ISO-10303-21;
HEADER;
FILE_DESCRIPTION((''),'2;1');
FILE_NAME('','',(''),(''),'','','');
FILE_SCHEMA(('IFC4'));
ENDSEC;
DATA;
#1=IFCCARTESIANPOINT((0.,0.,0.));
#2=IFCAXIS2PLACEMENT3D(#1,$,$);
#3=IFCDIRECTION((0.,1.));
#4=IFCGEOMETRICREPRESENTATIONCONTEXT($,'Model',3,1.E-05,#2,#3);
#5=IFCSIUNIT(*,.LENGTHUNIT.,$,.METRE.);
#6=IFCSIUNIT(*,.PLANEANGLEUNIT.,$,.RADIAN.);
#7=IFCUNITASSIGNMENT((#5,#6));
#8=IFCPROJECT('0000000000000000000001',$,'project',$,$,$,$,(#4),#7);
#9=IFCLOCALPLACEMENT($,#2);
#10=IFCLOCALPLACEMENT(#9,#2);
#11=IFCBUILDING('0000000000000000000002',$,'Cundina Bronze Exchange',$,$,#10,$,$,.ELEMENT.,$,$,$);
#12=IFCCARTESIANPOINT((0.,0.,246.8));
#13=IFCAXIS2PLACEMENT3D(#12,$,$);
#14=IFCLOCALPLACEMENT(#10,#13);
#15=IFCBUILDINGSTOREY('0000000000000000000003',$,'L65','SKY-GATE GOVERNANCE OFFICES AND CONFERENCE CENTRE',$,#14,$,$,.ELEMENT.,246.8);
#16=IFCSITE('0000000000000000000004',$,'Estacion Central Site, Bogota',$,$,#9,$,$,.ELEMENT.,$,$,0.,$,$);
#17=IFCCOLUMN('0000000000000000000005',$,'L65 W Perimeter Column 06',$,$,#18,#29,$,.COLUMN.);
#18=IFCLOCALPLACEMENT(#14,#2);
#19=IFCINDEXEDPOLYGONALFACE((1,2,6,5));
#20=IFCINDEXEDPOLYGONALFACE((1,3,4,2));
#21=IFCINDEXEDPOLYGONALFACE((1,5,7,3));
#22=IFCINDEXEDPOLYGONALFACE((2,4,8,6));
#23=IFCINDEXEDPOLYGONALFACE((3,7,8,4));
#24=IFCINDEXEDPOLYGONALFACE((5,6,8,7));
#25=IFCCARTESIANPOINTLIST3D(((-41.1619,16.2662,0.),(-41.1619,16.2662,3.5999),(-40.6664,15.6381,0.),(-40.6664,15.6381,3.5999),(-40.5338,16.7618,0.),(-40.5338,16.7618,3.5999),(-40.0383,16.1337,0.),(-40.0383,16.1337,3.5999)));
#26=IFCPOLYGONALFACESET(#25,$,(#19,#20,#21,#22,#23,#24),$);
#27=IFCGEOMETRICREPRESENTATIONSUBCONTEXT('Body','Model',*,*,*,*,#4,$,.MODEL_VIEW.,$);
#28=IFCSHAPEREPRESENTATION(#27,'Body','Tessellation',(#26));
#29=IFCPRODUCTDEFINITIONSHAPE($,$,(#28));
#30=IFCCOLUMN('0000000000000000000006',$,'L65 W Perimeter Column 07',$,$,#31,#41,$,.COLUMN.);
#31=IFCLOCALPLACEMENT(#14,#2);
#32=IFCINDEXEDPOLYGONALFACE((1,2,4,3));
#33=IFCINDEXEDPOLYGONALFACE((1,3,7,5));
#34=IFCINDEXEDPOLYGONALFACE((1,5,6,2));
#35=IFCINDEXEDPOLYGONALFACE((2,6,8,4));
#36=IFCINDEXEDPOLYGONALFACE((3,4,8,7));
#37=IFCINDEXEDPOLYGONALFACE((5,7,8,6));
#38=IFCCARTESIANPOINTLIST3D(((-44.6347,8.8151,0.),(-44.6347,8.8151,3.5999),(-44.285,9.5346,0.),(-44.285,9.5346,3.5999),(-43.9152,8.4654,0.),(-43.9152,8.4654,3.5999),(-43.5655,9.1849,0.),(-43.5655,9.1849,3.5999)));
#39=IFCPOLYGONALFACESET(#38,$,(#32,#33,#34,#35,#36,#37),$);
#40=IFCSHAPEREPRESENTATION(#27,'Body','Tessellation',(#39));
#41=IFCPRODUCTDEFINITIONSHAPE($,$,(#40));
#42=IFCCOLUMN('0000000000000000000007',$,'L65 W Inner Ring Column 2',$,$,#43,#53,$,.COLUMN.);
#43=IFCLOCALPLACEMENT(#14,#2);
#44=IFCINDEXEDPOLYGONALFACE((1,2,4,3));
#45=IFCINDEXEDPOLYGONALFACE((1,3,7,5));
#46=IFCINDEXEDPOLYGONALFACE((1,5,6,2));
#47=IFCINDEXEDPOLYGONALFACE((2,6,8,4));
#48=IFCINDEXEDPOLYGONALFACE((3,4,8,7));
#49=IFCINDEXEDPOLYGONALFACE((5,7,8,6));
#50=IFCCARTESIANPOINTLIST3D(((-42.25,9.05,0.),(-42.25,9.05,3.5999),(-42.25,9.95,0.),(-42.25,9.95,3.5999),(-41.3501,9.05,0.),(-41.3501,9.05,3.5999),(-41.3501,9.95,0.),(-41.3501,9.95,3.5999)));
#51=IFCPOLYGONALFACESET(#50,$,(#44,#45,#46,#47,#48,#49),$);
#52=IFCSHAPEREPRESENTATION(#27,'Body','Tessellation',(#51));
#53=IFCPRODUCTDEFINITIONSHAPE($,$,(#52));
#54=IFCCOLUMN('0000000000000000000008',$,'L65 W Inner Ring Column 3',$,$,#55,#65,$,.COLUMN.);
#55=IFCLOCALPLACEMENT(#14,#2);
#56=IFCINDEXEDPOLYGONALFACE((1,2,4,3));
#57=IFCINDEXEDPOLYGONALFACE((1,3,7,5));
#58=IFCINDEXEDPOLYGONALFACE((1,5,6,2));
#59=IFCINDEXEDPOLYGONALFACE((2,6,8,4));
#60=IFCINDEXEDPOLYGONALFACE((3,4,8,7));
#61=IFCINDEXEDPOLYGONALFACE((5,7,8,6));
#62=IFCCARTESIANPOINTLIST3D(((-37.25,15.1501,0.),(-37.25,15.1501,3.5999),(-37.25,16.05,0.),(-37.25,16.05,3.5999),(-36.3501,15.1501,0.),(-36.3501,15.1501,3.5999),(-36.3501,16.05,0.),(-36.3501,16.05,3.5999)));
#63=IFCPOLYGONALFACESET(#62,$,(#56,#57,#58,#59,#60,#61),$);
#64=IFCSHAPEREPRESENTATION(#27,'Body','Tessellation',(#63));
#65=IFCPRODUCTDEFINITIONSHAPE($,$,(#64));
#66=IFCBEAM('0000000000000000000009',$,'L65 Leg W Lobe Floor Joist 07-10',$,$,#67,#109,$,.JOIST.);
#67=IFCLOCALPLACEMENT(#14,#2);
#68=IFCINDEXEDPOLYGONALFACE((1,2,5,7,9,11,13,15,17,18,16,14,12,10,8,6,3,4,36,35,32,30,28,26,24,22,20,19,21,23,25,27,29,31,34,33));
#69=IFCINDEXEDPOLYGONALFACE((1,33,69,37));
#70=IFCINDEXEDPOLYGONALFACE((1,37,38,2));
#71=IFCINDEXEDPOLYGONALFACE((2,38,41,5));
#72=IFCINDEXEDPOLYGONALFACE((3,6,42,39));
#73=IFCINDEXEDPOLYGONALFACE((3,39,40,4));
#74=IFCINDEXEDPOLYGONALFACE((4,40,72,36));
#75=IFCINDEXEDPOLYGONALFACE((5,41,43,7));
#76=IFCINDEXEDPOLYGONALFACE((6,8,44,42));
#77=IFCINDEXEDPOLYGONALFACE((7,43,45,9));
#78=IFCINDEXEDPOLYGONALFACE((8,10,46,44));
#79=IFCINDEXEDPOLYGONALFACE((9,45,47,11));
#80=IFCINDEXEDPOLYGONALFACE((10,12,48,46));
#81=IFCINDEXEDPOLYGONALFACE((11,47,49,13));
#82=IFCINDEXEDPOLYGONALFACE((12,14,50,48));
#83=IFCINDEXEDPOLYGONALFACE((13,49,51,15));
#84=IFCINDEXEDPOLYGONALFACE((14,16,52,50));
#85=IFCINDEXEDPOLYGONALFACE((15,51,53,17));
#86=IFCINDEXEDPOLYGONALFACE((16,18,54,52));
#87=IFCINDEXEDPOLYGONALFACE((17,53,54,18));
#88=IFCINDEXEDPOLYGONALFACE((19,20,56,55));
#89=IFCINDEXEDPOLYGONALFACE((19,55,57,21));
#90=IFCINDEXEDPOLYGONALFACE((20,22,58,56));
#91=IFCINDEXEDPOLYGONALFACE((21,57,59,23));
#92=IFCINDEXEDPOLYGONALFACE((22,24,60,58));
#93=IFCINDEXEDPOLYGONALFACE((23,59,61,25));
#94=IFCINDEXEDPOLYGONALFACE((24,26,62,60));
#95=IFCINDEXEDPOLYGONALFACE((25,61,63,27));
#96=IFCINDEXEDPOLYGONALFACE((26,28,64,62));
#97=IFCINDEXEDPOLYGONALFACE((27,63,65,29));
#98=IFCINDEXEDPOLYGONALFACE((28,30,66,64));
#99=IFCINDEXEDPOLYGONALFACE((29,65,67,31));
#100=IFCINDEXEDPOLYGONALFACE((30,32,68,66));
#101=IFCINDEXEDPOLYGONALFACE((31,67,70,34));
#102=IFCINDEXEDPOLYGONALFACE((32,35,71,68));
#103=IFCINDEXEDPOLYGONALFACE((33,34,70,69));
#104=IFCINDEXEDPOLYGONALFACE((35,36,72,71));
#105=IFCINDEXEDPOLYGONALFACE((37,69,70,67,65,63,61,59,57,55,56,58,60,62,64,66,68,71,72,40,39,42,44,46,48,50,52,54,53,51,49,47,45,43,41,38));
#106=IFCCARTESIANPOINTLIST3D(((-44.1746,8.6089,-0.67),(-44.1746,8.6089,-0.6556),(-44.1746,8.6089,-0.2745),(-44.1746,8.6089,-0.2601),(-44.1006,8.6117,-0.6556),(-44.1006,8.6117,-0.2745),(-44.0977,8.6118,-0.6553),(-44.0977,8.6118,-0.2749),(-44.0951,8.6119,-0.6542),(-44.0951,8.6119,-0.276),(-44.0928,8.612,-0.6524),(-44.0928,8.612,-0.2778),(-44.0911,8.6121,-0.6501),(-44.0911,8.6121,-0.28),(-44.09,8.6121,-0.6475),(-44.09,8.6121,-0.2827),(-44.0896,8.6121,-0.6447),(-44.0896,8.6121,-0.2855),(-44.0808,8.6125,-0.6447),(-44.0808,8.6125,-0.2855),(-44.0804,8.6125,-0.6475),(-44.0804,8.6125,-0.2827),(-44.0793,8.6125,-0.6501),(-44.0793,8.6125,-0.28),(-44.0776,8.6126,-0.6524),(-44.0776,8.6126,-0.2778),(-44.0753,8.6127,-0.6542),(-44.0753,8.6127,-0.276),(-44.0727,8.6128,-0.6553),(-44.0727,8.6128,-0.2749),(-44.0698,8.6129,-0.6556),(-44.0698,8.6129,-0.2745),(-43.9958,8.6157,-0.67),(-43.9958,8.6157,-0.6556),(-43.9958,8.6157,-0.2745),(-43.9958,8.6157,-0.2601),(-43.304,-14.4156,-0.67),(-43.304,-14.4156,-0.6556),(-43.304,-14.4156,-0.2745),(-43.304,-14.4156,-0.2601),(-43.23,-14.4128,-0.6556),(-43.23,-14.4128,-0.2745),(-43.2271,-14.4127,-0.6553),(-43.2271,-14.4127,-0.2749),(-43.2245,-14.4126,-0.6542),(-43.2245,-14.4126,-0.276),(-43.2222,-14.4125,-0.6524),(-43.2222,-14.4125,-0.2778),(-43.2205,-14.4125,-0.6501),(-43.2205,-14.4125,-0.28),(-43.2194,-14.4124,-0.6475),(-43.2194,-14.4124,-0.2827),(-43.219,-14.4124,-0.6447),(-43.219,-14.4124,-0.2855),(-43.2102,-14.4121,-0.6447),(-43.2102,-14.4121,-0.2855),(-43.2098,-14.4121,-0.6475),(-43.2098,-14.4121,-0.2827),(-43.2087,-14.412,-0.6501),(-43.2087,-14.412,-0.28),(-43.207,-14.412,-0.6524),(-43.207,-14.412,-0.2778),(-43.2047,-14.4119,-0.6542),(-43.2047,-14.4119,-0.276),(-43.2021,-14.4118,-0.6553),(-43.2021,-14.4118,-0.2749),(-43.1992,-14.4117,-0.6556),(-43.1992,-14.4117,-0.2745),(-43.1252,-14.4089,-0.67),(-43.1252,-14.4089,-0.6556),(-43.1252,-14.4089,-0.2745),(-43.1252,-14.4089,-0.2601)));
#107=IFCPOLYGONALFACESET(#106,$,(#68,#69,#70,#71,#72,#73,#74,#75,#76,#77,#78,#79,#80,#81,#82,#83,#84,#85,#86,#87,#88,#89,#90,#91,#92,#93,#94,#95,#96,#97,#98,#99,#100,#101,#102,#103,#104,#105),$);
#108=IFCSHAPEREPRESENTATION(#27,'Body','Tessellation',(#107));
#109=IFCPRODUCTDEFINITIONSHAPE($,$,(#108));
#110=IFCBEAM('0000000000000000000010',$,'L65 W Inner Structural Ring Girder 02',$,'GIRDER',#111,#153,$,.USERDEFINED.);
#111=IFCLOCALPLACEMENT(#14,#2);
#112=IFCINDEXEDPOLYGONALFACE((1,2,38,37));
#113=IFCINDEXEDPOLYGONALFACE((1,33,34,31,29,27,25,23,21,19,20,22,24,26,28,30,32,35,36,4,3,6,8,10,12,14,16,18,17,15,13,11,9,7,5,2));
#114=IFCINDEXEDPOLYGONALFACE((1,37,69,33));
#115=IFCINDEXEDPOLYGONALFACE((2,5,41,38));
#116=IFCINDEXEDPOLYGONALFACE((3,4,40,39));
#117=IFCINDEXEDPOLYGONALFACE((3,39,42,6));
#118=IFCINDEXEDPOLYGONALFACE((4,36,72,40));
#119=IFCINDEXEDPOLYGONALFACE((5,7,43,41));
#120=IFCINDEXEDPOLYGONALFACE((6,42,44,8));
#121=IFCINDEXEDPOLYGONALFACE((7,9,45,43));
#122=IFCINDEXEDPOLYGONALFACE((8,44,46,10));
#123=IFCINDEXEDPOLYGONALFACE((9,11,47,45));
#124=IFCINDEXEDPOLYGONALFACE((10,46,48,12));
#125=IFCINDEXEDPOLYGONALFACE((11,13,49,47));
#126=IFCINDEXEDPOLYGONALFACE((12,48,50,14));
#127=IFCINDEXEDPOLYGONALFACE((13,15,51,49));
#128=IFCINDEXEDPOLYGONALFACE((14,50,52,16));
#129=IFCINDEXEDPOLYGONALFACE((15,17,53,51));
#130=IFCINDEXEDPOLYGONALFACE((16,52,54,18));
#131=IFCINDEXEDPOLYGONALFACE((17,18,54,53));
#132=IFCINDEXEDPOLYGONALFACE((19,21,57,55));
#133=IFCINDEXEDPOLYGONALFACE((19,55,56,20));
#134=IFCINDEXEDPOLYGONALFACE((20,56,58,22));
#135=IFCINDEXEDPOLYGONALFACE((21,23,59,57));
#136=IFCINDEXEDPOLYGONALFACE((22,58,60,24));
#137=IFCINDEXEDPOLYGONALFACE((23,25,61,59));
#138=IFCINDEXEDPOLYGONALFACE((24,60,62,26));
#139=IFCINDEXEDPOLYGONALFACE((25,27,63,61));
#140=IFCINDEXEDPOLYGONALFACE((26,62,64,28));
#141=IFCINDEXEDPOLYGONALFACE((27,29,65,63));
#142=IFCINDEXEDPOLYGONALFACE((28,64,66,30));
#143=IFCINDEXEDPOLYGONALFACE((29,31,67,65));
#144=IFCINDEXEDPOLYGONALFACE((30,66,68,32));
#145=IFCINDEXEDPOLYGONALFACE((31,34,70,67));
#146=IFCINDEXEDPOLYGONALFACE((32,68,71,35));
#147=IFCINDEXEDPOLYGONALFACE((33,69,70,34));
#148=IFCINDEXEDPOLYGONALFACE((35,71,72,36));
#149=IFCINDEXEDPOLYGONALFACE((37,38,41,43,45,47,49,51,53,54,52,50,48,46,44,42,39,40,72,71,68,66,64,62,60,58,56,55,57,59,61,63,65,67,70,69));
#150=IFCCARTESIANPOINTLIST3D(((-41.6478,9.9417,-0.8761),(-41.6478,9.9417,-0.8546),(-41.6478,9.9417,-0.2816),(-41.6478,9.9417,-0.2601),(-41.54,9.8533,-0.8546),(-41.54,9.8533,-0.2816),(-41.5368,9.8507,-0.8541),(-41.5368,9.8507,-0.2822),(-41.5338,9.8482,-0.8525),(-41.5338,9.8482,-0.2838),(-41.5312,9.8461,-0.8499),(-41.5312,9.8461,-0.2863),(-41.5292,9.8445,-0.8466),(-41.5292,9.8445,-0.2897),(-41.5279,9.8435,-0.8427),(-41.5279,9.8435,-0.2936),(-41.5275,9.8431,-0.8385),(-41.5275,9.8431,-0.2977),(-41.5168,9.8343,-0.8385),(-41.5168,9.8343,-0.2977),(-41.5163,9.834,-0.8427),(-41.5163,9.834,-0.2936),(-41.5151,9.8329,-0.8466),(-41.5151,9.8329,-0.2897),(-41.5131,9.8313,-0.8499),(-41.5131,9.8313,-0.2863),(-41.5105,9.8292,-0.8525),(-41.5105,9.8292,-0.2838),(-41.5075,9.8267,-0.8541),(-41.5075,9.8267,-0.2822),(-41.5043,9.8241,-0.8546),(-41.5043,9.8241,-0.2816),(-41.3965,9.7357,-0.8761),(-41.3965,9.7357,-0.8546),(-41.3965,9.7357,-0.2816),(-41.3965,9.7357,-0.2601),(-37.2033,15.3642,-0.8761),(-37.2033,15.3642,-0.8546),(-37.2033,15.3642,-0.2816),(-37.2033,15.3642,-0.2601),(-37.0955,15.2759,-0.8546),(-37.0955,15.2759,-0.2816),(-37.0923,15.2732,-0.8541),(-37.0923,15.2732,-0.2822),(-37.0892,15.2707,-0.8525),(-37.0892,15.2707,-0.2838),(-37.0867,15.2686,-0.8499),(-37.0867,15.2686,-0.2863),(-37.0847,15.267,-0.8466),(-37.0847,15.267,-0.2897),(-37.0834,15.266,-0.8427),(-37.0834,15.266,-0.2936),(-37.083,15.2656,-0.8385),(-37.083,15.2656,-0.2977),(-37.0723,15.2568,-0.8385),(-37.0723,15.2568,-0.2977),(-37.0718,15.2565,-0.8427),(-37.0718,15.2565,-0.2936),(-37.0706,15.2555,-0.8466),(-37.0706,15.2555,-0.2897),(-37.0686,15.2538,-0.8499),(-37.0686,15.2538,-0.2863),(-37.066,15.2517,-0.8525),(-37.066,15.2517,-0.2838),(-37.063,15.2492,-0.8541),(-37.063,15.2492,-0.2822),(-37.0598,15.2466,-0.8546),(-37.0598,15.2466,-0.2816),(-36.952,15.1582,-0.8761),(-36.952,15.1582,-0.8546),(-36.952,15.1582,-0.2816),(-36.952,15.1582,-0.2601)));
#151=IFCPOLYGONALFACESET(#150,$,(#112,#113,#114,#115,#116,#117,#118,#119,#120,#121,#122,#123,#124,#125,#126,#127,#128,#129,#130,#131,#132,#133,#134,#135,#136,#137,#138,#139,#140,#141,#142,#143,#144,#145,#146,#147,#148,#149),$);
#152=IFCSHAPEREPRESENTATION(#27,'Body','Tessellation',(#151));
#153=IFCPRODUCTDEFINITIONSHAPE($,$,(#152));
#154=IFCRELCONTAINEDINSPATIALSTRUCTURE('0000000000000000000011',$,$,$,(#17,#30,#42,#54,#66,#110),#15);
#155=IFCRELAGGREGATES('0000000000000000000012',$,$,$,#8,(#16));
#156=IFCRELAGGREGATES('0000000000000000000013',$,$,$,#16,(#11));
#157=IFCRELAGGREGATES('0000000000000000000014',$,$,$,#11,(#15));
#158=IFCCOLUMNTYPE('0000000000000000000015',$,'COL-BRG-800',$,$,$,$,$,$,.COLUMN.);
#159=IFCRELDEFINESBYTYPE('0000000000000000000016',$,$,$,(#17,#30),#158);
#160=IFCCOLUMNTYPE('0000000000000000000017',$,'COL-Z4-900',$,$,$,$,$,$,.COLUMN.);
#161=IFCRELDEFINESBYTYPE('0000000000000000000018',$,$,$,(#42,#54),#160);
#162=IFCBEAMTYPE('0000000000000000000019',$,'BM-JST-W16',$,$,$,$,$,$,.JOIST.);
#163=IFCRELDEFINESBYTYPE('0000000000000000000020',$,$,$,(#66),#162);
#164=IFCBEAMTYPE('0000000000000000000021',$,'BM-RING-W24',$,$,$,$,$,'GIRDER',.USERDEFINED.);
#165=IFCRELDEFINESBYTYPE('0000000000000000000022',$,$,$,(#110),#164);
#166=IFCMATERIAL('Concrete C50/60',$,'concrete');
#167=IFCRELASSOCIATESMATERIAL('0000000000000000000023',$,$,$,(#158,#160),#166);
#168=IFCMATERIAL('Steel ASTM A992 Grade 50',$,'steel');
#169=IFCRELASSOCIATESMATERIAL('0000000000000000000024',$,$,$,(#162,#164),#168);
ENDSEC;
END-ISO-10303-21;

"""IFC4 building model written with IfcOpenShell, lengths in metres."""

from ifc_helpers import new_model, si_unit, direction, frame, origin, origin_2d, place, context, subcontext, project, spatial, rectangle, i_section, extrude, material, material_profile, profile_set, type_object, element, save


model = new_model("IFC4")

# Units and contexts
model_context = context("Model", 3, precision=1e-05, world=origin(), true_north=direction((0.0, 1.0)))
body_context = subcontext(model_context, "Body", "Model", "MODEL_VIEW")
ifc_project = project(units=[si_unit("LENGTHUNIT", "METRE"), si_unit("PLANEANGLEUNIT", "RADIAN")], contexts=[model_context])

# Site, building, storey
site_placement = place(None, origin())
site = spatial("IfcSite", under=ifc_project, at=site_placement, Name="Estacion Central Site, Bogota", CompositionType="ELEMENT", RefElevation=0.0)
building_placement = place(site_placement, origin())
building = spatial("IfcBuilding", under=site, at=building_placement, Name="Cundina Bronze Exchange", CompositionType="ELEMENT")
storey_placement = place(building_placement, frame((0.0, 0.0, 246.8)))
storey = spatial("IfcBuildingStorey", under=building, at=storey_placement, Name="L65", Description="SKY-GATE GOVERNANCE OFFICES AND CONFERENCE CENTRE", CompositionType="ELEMENT", Elevation=246.8)

# Columns
ifc_material_1 = material(Name="Concrete C50/60", Category="concrete")
ifc_material_profile_1 = material_profile(ifc_material_1, rectangle(XDim=0.8, YDim=0.8, at=origin_2d()), Name="RC800X800", Category="concrete")
ifc_profile_set_1 = profile_set([ifc_material_profile_1], Name="Concrete C50/60")
column_type_1 = type_object("IfcColumnType", Name="COL-BRG-800", PredefinedType="COLUMN", material=ifc_profile_set_1)
for number, where, z_axis, x_axis, name in (
    (1, (-40.6001, 16.2, 0.0), (0.0, 0.0, 1.0), (-0.785101, -0.619368, 0.0), "L65 W Perimeter Column 06"),
    (2, (-44.1001, 9.0, 0.0), (0.0, 0.0, 1.0), (-0.437116, -0.899405, 0.0), "L65 W Perimeter Column 07"),
):
    element("IfcColumn", number, at=place(storey_placement, frame(where, z_axis=z_axis, x_axis=x_axis)), inside=storey, type_object=column_type_1, Name=name, PredefinedType="COLUMN", context=body_context, shape_type="SweptSolid", body=[
        extrude(rectangle(XDim=0.8, YDim=0.8, at=origin_2d()), origin(), (0.0, 0.0, 1.0), 3.5999),
    ])
ifc_material_profile_2 = material_profile(ifc_material_1, rectangle(XDim=0.8999, YDim=0.8999, at=origin_2d()), Name="RC900X900", Category="concrete")
ifc_profile_set_2 = profile_set([ifc_material_profile_2], Name="Concrete C50/60")
column_type_2 = type_object("IfcColumnType", Name="COL-Z4-900", PredefinedType="COLUMN", material=ifc_profile_set_2)
for number, where, z_axis, x_axis, name in (
    (3, (-41.8, 9.5, 0.0), (0.0, 0.0, 1.0), (1.0, 0.0, 0.0), "L65 W Inner Ring Column 2"),
    (4, (-36.8, 15.6001, 0.0), (0.0, 0.0, 1.0), (1.0, 0.0, 0.0), "L65 W Inner Ring Column 3"),
):
    element("IfcColumn", number, at=place(storey_placement, frame(where, z_axis=z_axis, x_axis=x_axis)), inside=storey, type_object=column_type_2, Name=name, PredefinedType="COLUMN", context=body_context, shape_type="SweptSolid", body=[
        extrude(rectangle(XDim=0.8999, YDim=0.8999, at=origin_2d()), origin(), (0.0, 0.0, 1.0), 3.5999),
    ])

# Beams
ifc_material_2 = material(Name="Steel ASTM A992 Grade 50", Category="steel")
ifc_material_profile_3 = material_profile(ifc_material_2, i_section(OverallWidth=0.179, OverallDepth=0.4099, WebThickness=0.0088, FlangeThickness=0.0144, FilletRadius=0.011, at=origin_2d()), Name="W16X45", Category="steel")
ifc_profile_set_3 = profile_set([ifc_material_profile_3], Name="Steel ASTM A992 Grade 50")
beam_type_1 = type_object("IfcBeamType", Name="BM-JST-W16", PredefinedType="JOIST", material=ifc_profile_set_3)
beam_1_placement = place(storey_placement, frame((-44.0852, 8.6123, -0.4651), z_axis=(0.037785, -0.999286, 0.0), x_axis=(0.999286, 0.037785, 0.0)))
element("IfcBeam", 5, at=beam_1_placement, inside=storey, type_object=beam_type_1, Name="L65 Leg W Lobe Floor Joist 07-10", PredefinedType="JOIST", context=body_context, shape_type="SweptSolid", body=[
    extrude(i_section(OverallWidth=0.179, OverallDepth=0.4099, WebThickness=0.0088, FlangeThickness=0.0144, FilletRadius=0.011, at=origin_2d()), origin(), (0.0, 0.0, 1.0), 23.041),
])
ifc_material_profile_4 = material_profile(ifc_material_2, i_section(OverallWidth=0.325, OverallDepth=0.616, WebThickness=0.0139, FlangeThickness=0.0215, FilletRadius=0.0161, at=origin_2d()), Name="W24X117", Category="steel")
ifc_profile_set_4 = profile_set([ifc_material_profile_4], Name="Steel ASTM A992 Grade 50")
beam_type_2 = type_object("IfcBeamType", Name="BM-RING-W24", ElementType="GIRDER", PredefinedType="USERDEFINED", material=ifc_profile_set_4)
beam_2_placement = place(storey_placement, frame((-37.0776, 15.2612, -0.5681), z_axis=(-0.633913, -0.773405, 0.0), x_axis=(0.773405, -0.633913, 0.0)))
element("IfcBeam", 6, at=beam_2_placement, inside=storey, type_object=beam_type_2, Name="L65 W Inner Structural Ring Girder 02", ObjectType="GIRDER", PredefinedType="USERDEFINED", context=body_context, shape_type="SweptSolid", body=[
    extrude(i_section(OverallWidth=0.325, OverallDepth=0.616, WebThickness=0.0139, FlangeThickness=0.0215, FilletRadius=0.0161, at=origin_2d()), origin(), (0.0, 0.0, 1.0), 7.0112),
])

save(model, "model.ifc")
